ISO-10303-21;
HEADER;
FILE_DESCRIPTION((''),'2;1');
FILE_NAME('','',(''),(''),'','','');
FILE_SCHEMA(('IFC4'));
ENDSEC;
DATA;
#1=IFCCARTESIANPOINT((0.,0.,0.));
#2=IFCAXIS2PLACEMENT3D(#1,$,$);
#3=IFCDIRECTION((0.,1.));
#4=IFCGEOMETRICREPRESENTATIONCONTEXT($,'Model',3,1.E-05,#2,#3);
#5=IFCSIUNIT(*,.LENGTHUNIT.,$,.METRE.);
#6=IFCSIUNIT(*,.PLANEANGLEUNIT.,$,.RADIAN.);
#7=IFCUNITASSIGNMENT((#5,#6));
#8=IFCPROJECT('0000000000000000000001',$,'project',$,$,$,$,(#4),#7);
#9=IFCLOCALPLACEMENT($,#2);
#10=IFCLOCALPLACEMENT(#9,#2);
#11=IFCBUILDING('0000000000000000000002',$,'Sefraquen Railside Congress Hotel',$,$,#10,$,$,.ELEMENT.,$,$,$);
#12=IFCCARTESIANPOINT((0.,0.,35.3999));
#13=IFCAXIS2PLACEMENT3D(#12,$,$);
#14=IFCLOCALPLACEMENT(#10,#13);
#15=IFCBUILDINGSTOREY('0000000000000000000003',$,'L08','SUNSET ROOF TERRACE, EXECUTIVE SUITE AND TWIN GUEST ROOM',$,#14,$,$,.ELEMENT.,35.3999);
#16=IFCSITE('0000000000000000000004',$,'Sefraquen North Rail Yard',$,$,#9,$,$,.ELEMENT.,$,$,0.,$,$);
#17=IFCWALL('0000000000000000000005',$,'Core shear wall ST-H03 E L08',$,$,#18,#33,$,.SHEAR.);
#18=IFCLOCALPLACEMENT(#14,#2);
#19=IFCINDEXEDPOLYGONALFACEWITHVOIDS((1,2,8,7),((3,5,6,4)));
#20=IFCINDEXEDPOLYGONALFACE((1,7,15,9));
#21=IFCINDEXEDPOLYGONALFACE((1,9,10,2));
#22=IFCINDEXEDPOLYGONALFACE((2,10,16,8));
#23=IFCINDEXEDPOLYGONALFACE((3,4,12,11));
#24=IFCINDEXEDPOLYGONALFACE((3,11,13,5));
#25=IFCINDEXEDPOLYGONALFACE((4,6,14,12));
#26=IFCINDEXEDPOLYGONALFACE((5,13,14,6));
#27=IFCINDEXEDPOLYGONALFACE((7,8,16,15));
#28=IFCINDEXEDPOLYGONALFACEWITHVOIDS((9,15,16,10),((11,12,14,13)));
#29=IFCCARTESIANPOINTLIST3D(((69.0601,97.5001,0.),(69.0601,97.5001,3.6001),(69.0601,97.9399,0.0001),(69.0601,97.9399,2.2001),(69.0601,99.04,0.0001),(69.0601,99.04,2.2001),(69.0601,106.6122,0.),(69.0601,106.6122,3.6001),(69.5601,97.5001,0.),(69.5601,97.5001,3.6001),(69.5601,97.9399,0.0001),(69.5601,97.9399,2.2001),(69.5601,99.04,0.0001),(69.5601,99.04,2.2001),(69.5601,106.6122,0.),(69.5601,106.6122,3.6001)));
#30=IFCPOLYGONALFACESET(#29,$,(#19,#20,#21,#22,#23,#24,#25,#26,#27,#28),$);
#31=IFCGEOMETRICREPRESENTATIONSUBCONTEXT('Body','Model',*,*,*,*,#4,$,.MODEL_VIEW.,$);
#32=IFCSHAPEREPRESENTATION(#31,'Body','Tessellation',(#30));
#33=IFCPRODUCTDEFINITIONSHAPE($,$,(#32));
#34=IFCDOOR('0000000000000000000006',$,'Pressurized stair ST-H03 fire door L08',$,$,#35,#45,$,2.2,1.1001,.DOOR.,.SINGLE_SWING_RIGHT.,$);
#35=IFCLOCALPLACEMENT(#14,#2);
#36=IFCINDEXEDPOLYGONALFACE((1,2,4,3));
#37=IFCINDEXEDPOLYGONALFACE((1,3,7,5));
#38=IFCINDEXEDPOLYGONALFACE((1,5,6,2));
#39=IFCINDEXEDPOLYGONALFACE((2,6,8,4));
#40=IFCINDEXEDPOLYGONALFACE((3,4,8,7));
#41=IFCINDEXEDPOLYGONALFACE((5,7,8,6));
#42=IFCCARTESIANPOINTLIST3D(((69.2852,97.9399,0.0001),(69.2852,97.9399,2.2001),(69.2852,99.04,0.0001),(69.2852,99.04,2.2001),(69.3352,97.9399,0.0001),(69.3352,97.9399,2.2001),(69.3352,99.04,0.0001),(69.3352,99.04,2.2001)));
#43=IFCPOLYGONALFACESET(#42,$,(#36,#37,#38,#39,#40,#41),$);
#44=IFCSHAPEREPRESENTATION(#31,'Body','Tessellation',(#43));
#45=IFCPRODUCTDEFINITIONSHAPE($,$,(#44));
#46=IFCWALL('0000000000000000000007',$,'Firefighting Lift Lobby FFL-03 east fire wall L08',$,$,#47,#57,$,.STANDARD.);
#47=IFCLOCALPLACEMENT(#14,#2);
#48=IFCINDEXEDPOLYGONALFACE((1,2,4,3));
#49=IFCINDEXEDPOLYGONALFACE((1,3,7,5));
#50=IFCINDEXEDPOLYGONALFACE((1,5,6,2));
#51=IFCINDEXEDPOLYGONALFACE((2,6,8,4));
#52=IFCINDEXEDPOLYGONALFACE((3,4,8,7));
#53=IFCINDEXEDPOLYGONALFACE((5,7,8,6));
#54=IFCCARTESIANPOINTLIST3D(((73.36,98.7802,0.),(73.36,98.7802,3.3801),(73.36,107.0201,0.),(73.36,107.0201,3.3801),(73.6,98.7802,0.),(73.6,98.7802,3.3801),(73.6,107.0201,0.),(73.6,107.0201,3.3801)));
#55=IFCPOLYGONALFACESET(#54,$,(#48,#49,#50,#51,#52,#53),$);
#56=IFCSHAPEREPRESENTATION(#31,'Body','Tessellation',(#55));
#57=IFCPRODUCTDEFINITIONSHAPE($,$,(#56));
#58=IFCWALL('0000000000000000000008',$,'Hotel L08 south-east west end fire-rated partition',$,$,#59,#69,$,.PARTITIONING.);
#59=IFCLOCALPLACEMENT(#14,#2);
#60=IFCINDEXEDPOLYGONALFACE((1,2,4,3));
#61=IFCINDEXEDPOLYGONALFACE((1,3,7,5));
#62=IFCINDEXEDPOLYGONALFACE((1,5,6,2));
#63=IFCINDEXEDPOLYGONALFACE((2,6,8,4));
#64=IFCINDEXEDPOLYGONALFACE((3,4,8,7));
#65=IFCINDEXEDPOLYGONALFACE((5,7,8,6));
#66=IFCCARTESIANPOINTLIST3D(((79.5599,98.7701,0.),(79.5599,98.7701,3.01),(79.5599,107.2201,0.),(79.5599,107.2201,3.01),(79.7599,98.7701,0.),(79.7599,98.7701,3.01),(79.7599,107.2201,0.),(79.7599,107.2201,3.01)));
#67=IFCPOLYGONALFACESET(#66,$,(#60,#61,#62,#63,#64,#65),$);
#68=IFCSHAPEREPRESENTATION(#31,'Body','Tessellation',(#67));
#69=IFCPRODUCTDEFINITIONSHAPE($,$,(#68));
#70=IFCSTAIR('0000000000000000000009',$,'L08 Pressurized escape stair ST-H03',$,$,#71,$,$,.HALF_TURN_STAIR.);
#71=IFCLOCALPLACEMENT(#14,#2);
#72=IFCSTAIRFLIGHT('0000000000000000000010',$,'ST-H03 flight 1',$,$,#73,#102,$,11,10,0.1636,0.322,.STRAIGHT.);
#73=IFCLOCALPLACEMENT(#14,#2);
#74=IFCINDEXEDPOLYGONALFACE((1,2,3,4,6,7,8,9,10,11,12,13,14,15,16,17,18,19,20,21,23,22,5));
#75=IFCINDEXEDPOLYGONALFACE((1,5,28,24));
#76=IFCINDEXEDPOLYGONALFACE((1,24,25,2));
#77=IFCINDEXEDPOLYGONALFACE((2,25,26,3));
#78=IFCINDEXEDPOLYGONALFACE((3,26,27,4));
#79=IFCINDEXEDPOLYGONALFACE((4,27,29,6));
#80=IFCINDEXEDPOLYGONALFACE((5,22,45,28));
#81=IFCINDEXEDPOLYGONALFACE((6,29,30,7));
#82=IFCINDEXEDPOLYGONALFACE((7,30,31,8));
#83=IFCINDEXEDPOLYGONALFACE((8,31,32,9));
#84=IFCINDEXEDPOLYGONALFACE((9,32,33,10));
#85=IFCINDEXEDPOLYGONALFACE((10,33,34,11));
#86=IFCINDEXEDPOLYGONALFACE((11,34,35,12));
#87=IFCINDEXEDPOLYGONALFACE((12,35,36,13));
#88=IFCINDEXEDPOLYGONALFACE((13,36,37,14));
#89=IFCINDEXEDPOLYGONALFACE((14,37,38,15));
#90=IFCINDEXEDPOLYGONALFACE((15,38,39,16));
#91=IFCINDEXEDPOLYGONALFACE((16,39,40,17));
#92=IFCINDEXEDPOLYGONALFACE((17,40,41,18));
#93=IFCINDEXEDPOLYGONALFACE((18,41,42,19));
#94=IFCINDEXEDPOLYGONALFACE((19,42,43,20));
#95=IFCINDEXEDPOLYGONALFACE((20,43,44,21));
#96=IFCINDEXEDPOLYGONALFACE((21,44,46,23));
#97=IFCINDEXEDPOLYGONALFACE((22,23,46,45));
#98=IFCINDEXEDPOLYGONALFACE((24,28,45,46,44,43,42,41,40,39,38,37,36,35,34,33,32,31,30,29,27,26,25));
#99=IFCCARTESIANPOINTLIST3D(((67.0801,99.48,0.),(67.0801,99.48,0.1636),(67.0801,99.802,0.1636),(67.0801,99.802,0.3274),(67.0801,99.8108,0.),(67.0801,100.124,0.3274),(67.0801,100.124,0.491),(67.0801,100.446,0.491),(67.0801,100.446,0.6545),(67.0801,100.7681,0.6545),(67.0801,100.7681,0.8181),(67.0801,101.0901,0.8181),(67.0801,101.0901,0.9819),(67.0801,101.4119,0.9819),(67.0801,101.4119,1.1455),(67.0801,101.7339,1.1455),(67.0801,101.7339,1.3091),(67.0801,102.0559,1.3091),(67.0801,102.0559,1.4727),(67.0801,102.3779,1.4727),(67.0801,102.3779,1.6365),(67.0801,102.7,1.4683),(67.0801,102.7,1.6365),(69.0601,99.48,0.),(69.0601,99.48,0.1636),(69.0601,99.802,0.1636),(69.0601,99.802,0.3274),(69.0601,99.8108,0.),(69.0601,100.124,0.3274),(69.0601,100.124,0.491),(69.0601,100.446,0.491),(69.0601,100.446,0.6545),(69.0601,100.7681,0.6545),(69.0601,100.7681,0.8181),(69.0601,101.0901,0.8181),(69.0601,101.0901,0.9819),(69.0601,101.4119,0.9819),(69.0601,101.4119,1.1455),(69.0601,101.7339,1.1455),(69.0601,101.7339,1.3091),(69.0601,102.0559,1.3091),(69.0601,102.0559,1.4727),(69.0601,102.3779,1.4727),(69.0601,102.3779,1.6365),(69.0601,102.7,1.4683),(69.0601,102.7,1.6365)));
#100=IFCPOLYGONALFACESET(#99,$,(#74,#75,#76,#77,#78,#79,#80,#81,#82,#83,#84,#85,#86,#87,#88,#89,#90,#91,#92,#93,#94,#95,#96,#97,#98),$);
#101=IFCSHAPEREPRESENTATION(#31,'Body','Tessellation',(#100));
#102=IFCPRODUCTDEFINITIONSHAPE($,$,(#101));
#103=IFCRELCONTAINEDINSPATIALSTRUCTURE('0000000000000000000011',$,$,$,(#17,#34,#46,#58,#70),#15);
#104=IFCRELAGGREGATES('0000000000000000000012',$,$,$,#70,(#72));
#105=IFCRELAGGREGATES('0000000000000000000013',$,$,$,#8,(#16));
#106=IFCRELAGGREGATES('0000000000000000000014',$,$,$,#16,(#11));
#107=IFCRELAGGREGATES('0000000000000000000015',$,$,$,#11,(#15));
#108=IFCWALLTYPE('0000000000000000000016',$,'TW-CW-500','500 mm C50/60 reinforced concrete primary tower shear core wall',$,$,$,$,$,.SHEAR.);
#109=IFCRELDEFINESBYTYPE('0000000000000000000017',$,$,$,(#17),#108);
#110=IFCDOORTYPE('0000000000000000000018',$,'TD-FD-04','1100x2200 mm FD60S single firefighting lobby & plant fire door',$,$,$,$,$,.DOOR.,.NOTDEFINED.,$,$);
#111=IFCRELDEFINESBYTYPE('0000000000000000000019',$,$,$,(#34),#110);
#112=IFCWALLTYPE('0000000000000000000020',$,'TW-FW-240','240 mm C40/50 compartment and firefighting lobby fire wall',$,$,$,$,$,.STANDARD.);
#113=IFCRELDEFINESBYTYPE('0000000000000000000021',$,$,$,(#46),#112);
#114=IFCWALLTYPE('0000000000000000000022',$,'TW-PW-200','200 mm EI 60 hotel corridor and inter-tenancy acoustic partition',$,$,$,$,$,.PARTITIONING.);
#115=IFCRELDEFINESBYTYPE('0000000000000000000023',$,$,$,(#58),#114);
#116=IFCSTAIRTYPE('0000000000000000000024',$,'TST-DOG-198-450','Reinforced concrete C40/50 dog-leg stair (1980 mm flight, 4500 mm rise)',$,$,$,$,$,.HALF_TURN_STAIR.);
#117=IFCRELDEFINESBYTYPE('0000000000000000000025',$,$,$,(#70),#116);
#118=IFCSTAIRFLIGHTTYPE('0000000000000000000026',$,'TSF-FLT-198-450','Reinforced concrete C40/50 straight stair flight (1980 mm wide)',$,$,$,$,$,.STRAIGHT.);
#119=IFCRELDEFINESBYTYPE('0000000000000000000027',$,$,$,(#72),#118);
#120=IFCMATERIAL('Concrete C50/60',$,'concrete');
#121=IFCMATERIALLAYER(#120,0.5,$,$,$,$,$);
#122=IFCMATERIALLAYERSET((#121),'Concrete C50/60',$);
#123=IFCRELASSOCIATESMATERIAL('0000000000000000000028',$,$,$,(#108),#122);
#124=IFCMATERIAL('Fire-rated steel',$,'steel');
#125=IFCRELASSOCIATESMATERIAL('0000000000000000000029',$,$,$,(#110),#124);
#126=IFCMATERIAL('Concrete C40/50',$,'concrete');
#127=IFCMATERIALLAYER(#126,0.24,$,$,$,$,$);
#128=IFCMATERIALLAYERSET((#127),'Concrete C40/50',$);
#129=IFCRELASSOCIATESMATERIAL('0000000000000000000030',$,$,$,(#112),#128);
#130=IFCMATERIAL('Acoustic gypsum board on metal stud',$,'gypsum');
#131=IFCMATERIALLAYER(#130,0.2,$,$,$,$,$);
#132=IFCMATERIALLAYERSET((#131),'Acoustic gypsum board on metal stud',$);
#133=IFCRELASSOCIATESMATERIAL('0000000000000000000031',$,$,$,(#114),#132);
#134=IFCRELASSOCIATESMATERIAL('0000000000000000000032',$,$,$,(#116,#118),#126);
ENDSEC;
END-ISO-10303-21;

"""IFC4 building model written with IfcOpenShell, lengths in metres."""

from ifc_helpers import new_model, si_unit, direction, frame, frame_2d, origin, place, context, subcontext, project, spatial, polyline, rectangle, outline, extrude, material, layer, layer_set, type_object, element, fill, aggregate, save


model = new_model("IFC4")

# Units and contexts
model_context = context("Model", 3, precision=1e-05, world=origin(), true_north=direction((0.0, 1.0)))
body_context = subcontext(model_context, "Body", "Model", "MODEL_VIEW")
ifc_project = project(units=[si_unit("LENGTHUNIT", "METRE"), si_unit("PLANEANGLEUNIT", "RADIAN")], contexts=[model_context])

# Site, building, storey
site_placement = place(None, origin())
site = spatial("IfcSite", under=ifc_project, at=site_placement, Name="Sefraquen North Rail Yard", CompositionType="ELEMENT", RefElevation=0.0)
building_placement = place(site_placement, origin())
building = spatial("IfcBuilding", under=site, at=building_placement, Name="Sefraquen Railside Congress Hotel", CompositionType="ELEMENT")
storey_placement = place(building_placement, frame((0.0, 0.0, 35.3999)))
storey = spatial("IfcBuildingStorey", under=building, at=storey_placement, Name="L08", Description="SUNSET ROOF TERRACE, EXECUTIVE SUITE AND TWIN GUEST ROOM", CompositionType="ELEMENT", Elevation=35.3999)

# Shared definitions
ifc_material_1 = material(Name="Concrete C50/60", Category="concrete")

# Wall, opening, door
ifc_layer_1 = layer(ifc_material_1, 0.5)
ifc_layer_set_1 = layer_set([ifc_layer_1], Name="Concrete C50/60")
wall_type_1 = type_object("IfcWallType", Name="TW-CW-500", Description="500 mm C50/60 reinforced concrete primary tower shear core wall", PredefinedType="SHEAR", material=ifc_layer_set_1)
wall_1_placement = place(storey_placement, frame((69.3101, 97.5, 0.0), z_axis=(0.0, 0.0, 1.0), x_axis=(0.0, 1.0, 0.0)))
wall_1 = element("IfcWall", 1, at=wall_1_placement, inside=storey, type_object=wall_type_1, Name="Core shear wall ST-H03 E L08", PredefinedType="SHEAR", context=body_context, shape_type="SweptSolid", body=[
    extrude(rectangle(XDim=9.1121, YDim=0.5, at=frame_2d((4.5562, 0.0))), origin(), (0.0, 0.0, 1.0), 3.6001),
])
opening_1_placement = place(wall_1_placement, frame((0.4399, 0.0, 0.0)))
opening_1 = element("IfcOpeningElement", 2, at=opening_1_placement, cuts=wall_1, PredefinedType="OPENING", context=body_context, shape_type="SweptSolid", body=[
    extrude(rectangle(XDim=1.1001, YDim=2.2, at=frame_2d((0.55, 1.1001))), frame((0.0, 0.26, 0.0), z_axis=(0.0, -1.0, 0.0), x_axis=(1.0, 0.0, 0.0)), (0.0, 0.0, 1.0), 0.52),
])
ifc_material_2 = material(Name="Fire-rated steel", Category="steel")
door_type_1 = type_object("IfcDoorType", Name="TD-FD-04", Description="1100x2200 mm FD60S single firefighting lobby & plant fire door", OperationType="NOTDEFINED", PredefinedType="DOOR", material=ifc_material_2)
door_1_placement = place(opening_1_placement, origin())
door_1 = element("IfcDoor", 3, at=door_1_placement, inside=storey, type_object=door_type_1, Name="Pressurized stair ST-H03 fire door L08", OperationType="SINGLE_SWING_RIGHT", OverallHeight=2.2, OverallWidth=1.1001, PredefinedType="DOOR", context=body_context, shape_type="SweptSolid", body=[
    extrude(rectangle(XDim=1.1001, YDim=2.2, at=frame_2d((0.55, 1.1001))), frame((0.0, 0.0249, 0.0), z_axis=(0.0, -1.0, 0.0), x_axis=(1.0, 0.0, 0.0)), (0.0, 0.0, 1.0), 0.05),
])
fill(opening_1, door_1)

# Walls
ifc_material_3 = material(Name="Concrete C40/50", Category="concrete")
ifc_layer_2 = layer(ifc_material_3, 0.24)
ifc_layer_set_2 = layer_set([ifc_layer_2], Name="Concrete C40/50")
wall_type_2 = type_object("IfcWallType", Name="TW-FW-240", Description="240 mm C40/50 compartment and firefighting lobby fire wall", PredefinedType="STANDARD", material=ifc_layer_set_2)
wall_2_placement = place(storey_placement, frame((73.48, 98.78, 0.0), z_axis=(0.0, 0.0, 1.0), x_axis=(0.0, 1.0, 0.0)))
element("IfcWall", 4, at=wall_2_placement, inside=storey, type_object=wall_type_2, Name="Firefighting Lift Lobby FFL-03 east fire wall L08", PredefinedType="STANDARD", context=body_context, shape_type="SweptSolid", body=[
    extrude(rectangle(XDim=8.24, YDim=0.24, at=frame_2d((4.1201, 0.0))), origin(), (0.0, 0.0, 1.0), 3.3801),
])
ifc_material_4 = material(Name="Acoustic gypsum board on metal stud", Category="gypsum")
ifc_layer_3 = layer(ifc_material_4, 0.2)
ifc_layer_set_3 = layer_set([ifc_layer_3], Name="Acoustic gypsum board on metal stud")
wall_type_3 = type_object("IfcWallType", Name="TW-PW-200", Description="200 mm EI 60 hotel corridor and inter-tenancy acoustic partition", PredefinedType="PARTITIONING", material=ifc_layer_set_3)
wall_3_placement = place(storey_placement, frame((79.6599, 98.77, 0.0), z_axis=(0.0, 0.0, 1.0), x_axis=(0.0, 1.0, 0.0)))
element("IfcWall", 5, at=wall_3_placement, inside=storey, type_object=wall_type_3, Name="Hotel L08 south-east west end fire-rated partition", PredefinedType="PARTITIONING", context=body_context, shape_type="SweptSolid", body=[
    extrude(rectangle(XDim=8.45, YDim=0.2, at=frame_2d((4.2251, 0.0))), origin(), (0.0, 0.0, 1.0), 3.01),
])

# Stair, stair flight
stair_type = type_object("IfcStairType", Name="TST-DOG-198-450", Description="Reinforced concrete C40/50 dog-leg stair (1980 mm flight, 4500 mm rise)", PredefinedType="HALF_TURN_STAIR", material=ifc_material_3)
stair_placement = place(storey_placement, origin())
stair = element("IfcStair", 6, at=stair_placement, inside=storey, type_object=stair_type, Name="L08 Pressurized escape stair ST-H03", PredefinedType="HALF_TURN_STAIR")
stair_flight_type = type_object("IfcStairFlightType", Name="TSF-FLT-198-450", Description="Reinforced concrete C40/50 straight stair flight (1980 mm wide)", PredefinedType="STRAIGHT", material=ifc_material_3)
stair_flight_placement = place(storey_placement, frame((68.0701, 99.48, 0.0), z_axis=(0.0, 0.0, 1.0), x_axis=(0.0, 1.0, 0.0)))
stair_flight = element("IfcStairFlight", 7, at=stair_flight_placement, type_object=stair_flight_type, Name="ST-H03 flight 1", NumberOfRisers=11, NumberOfTreads=10, PredefinedType="STRAIGHT", RiserHeight=0.1636, TreadLength=0.322, context=body_context, shape_type="SweptSolid", body=[
    extrude(outline(polyline([(0.0, 0.0), (0.0, 0.1636), (0.322, 0.1636), (0.322, 0.3274), (0.644, 0.3274), (0.644, 0.491), (0.9661, 0.491), (0.9661, 0.6545), (1.2881, 0.6545), (1.2881, 0.8181), (1.6101, 0.8181), (1.6101, 0.9819), (1.9319, 0.9819), (1.9319, 1.1455), (2.2539, 1.1455), (2.2539, 1.3091), (2.5759, 1.3091), (2.5759, 1.4727), (2.8979, 1.4727), (2.8979, 1.6365), (3.22, 1.6365), (3.22, 1.8), (3.22, 1.4683), (0.3308, 0.0), (0.0, 0.0)])), frame((0.0, 0.99, 0.0), z_axis=(0.0, -1.0, 0.0), x_axis=(1.0, 0.0, 0.0)), (0.0, 0.0, 1.0), 1.98),
])
aggregate(stair, [stair_flight])

save(model, "model.ifc")
